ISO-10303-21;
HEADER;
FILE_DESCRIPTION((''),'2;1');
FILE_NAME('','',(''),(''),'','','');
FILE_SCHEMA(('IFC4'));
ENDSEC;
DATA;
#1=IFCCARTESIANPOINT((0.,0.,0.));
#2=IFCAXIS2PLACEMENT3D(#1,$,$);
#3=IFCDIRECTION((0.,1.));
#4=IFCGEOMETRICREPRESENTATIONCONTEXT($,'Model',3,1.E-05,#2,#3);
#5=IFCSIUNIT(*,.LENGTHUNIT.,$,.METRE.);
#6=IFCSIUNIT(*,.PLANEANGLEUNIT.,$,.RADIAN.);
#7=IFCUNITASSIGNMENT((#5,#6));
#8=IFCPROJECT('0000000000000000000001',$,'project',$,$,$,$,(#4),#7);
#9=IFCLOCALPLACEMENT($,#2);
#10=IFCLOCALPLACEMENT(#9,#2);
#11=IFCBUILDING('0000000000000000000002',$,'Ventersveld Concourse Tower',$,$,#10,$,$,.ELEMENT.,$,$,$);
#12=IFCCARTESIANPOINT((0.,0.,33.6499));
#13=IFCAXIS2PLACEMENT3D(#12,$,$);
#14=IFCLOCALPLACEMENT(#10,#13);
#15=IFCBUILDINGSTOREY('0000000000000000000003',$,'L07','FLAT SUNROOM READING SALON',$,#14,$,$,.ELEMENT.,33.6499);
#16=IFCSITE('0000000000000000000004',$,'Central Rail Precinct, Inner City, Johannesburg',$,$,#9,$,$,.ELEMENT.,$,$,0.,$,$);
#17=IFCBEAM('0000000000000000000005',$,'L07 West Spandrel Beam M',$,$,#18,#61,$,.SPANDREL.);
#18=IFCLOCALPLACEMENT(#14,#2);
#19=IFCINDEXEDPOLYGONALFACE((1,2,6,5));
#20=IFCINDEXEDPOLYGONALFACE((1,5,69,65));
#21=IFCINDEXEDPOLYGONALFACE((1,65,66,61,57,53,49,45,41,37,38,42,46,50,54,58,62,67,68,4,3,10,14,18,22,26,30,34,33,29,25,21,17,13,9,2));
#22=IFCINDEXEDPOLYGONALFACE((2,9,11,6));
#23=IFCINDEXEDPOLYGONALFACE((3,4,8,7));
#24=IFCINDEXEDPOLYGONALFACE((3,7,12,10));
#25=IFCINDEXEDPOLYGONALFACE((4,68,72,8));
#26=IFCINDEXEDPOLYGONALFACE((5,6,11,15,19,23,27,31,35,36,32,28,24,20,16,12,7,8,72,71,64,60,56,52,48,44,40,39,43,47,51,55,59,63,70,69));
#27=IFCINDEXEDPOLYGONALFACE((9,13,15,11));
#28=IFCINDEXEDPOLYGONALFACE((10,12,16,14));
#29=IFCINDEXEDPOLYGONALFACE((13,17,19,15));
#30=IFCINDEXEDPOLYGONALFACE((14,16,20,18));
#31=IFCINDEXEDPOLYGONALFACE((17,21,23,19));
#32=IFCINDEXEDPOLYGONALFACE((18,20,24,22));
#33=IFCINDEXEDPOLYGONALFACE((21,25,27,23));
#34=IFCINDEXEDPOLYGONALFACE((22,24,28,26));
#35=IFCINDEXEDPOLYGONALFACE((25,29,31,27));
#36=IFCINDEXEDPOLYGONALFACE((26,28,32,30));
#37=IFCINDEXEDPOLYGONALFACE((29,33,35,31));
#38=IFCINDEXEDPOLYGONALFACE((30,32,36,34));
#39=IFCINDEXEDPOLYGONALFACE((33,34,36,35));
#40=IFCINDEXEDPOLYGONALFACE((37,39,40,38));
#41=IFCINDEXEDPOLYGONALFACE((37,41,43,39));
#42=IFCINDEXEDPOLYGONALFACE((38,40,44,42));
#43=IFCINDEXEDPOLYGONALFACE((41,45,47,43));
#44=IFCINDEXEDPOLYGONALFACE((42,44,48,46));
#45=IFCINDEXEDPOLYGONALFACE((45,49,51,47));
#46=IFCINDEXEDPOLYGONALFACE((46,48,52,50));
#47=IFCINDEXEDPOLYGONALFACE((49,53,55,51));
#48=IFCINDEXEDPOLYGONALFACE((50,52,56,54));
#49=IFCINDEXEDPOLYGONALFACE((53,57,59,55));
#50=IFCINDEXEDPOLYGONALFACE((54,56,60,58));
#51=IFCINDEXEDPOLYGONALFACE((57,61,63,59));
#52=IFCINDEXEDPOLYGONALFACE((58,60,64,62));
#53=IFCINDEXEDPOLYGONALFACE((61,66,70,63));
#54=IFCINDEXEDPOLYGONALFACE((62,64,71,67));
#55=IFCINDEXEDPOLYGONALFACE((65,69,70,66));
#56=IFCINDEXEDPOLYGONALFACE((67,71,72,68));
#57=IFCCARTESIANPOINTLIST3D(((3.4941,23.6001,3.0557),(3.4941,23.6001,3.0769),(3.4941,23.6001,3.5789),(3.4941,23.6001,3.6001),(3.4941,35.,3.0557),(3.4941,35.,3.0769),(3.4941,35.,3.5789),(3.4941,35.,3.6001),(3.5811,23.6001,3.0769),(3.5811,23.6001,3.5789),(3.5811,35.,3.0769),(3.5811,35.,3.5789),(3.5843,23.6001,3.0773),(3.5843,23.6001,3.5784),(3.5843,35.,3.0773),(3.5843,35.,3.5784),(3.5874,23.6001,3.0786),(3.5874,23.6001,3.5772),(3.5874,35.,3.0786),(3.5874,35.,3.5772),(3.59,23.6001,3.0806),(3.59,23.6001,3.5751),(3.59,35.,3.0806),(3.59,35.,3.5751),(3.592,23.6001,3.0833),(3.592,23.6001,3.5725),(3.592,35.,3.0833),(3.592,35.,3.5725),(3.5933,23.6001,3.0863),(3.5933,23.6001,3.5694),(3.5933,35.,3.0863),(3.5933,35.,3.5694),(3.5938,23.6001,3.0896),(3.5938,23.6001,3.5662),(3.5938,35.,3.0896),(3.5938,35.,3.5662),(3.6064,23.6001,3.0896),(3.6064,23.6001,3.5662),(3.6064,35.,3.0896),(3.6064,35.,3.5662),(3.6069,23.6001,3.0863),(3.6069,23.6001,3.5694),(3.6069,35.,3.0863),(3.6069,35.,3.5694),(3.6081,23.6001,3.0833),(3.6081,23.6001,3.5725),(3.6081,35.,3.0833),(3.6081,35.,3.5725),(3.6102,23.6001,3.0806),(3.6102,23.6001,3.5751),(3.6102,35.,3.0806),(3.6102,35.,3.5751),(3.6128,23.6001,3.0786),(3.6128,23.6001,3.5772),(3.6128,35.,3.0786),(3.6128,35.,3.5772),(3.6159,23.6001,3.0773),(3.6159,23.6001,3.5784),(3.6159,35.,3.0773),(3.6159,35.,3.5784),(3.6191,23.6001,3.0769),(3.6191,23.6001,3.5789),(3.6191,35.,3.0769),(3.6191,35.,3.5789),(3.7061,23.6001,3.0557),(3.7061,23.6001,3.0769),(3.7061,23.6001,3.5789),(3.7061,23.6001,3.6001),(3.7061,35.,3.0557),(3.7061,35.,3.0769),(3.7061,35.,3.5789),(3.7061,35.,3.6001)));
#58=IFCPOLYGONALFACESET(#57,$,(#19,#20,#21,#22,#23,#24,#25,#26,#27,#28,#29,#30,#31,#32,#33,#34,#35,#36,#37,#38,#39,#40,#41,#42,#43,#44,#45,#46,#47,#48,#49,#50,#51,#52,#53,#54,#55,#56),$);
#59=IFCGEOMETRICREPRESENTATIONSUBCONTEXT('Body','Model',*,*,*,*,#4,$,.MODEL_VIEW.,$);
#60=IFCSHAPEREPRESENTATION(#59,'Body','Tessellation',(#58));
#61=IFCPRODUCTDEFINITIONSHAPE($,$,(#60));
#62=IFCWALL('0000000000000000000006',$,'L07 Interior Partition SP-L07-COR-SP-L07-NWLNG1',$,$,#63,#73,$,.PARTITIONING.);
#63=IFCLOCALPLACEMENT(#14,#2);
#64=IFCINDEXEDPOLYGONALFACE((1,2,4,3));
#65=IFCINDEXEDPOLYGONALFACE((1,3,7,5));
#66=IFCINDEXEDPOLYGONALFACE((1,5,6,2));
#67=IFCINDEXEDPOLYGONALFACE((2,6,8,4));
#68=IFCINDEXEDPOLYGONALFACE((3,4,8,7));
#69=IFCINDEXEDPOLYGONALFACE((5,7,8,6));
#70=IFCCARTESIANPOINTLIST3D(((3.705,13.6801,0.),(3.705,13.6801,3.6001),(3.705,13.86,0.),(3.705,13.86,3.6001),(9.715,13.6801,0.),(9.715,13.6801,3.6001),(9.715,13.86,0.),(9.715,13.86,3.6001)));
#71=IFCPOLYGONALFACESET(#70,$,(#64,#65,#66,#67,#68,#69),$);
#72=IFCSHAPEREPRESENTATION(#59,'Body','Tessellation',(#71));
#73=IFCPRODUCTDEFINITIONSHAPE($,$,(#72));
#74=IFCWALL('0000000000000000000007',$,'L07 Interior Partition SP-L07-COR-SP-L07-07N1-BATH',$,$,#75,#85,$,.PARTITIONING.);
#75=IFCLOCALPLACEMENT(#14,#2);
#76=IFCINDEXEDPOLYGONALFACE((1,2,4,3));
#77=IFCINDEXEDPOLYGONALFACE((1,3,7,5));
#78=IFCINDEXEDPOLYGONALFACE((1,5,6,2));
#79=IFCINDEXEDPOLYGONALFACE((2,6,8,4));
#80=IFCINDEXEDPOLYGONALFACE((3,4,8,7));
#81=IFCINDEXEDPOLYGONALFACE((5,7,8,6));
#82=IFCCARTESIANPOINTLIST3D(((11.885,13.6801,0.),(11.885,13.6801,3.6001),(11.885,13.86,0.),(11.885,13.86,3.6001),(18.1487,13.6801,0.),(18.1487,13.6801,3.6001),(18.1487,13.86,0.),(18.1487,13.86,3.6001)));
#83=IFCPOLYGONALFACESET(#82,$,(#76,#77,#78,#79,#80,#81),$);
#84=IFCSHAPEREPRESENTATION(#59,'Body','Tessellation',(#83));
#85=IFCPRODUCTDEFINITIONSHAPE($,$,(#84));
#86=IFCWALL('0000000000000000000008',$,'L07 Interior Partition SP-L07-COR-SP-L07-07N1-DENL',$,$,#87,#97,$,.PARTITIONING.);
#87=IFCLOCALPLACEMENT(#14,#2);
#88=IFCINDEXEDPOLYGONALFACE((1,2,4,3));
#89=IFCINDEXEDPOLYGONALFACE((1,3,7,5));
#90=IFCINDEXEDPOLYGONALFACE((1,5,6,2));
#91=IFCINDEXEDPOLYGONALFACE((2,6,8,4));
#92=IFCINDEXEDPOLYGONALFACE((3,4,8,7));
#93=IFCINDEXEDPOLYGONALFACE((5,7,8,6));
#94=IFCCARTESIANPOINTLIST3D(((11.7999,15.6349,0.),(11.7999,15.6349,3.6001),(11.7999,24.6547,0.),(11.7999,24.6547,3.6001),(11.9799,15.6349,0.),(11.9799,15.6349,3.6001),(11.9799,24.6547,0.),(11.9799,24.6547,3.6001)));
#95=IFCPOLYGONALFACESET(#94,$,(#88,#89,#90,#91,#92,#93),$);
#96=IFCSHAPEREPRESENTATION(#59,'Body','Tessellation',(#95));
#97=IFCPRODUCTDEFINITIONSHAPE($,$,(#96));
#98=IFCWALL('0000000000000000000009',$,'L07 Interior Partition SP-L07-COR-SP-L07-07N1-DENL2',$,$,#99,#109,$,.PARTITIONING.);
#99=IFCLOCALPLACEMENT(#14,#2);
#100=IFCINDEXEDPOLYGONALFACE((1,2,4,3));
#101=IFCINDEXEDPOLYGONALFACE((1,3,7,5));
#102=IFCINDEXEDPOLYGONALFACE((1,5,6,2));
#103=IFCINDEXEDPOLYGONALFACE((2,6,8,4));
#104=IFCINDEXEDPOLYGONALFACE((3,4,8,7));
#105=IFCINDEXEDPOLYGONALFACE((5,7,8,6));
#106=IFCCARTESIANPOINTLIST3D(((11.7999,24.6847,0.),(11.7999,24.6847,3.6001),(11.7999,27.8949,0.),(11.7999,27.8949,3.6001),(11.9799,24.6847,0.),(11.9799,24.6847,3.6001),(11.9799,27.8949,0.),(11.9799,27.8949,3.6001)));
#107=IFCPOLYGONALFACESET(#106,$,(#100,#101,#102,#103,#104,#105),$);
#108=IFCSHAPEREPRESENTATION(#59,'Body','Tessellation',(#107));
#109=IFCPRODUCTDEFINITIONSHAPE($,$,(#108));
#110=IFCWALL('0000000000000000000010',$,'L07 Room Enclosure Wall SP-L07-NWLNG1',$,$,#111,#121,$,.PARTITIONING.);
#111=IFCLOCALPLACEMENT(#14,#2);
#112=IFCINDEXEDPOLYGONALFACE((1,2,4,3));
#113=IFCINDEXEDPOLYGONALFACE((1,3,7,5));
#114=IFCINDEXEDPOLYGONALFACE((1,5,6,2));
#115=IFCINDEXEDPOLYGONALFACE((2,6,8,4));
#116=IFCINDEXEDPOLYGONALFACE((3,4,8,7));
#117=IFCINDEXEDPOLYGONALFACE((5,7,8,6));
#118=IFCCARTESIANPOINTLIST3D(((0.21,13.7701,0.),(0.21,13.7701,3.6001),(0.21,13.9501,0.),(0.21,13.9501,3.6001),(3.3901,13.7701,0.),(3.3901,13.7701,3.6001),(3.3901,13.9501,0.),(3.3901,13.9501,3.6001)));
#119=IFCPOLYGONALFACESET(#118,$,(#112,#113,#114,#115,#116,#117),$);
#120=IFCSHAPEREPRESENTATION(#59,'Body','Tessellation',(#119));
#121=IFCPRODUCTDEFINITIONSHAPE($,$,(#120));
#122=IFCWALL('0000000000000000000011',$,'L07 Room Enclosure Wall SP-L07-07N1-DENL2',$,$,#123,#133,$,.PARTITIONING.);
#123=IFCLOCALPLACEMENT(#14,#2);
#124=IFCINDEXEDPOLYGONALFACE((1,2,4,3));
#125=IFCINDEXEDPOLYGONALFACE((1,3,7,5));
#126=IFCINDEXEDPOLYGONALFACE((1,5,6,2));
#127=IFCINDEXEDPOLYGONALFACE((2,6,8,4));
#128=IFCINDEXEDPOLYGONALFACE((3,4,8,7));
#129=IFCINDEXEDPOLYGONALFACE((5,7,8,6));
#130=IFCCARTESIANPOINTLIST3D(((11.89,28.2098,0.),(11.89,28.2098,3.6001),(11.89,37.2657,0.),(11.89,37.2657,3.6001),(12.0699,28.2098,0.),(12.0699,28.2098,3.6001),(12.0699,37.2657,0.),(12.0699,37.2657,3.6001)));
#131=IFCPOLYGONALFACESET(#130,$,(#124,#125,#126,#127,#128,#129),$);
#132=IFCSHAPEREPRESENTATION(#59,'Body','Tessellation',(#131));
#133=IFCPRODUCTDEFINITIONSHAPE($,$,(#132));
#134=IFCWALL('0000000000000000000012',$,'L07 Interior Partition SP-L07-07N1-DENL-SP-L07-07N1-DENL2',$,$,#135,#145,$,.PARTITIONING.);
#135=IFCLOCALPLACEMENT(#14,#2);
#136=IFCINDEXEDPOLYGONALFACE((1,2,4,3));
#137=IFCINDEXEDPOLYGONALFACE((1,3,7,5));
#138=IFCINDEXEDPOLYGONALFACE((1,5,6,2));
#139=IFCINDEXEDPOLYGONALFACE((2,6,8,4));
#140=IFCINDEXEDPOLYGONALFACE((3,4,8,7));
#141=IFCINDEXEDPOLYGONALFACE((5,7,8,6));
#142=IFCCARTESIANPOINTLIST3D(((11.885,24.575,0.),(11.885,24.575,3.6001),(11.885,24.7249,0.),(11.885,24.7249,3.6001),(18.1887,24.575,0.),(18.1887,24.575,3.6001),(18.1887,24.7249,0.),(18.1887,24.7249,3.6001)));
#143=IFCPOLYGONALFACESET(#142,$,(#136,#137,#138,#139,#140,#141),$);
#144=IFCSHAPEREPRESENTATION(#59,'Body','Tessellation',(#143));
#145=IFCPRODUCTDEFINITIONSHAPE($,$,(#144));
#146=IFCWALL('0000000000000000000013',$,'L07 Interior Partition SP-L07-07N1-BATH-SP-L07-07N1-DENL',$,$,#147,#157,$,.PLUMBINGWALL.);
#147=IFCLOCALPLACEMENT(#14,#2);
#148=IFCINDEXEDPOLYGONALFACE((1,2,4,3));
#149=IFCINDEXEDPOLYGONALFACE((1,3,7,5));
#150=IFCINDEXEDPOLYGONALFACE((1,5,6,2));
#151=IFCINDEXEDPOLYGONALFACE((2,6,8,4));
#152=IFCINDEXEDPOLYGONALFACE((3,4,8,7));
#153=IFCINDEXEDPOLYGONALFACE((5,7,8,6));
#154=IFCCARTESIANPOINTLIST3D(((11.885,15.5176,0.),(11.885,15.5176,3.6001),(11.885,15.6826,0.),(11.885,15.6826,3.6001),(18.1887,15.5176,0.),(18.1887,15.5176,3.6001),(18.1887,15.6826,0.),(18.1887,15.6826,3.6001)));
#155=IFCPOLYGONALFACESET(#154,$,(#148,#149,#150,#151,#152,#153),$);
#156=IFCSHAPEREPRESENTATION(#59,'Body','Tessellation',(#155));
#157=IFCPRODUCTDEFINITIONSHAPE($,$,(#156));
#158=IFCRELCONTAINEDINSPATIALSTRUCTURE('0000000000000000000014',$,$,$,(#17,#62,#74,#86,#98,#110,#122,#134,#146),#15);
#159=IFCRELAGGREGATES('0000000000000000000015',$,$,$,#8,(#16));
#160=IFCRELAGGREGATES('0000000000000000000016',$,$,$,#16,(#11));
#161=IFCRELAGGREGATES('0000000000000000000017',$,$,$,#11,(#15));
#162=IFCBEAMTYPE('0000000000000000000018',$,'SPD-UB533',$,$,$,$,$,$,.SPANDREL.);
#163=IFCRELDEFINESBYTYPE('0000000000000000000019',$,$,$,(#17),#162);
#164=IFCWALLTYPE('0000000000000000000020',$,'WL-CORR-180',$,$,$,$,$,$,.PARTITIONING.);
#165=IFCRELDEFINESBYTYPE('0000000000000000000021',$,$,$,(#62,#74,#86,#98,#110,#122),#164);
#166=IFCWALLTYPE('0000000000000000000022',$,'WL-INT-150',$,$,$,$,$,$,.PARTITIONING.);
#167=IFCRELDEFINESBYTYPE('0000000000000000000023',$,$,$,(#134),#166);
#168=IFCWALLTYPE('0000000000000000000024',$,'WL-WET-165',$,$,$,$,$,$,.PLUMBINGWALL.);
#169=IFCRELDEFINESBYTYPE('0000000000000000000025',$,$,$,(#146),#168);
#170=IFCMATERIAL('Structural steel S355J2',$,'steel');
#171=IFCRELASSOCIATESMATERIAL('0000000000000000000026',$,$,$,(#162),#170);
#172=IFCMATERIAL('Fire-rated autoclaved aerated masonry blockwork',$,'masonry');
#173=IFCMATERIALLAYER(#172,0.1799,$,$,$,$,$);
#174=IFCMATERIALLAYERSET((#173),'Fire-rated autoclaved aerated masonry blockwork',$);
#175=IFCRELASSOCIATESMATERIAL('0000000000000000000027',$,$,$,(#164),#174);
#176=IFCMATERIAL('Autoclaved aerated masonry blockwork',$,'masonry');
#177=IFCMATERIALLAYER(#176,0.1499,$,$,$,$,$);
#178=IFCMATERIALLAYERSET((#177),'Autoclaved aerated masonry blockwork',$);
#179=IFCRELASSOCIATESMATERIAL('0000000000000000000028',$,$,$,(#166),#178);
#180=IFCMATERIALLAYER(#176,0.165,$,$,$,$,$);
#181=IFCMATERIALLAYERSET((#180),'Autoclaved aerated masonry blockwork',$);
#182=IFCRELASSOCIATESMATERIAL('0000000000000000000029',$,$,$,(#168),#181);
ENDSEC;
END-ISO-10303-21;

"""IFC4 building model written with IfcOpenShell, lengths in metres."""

from ifc_helpers import new_model, si_unit, direction, frame, frame_2d, origin, origin_2d, place, context, subcontext, project, spatial, rectangle, i_section, extrude, material, layer, layer_set, material_profile, profile_set, type_object, element, save


model = new_model("IFC4")

# Units and contexts
model_context = context("Model", 3, precision=1e-05, world=origin(), true_north=direction((0.0, 1.0)))
body_context = subcontext(model_context, "Body", "Model", "MODEL_VIEW")
ifc_project = project(units=[si_unit("LENGTHUNIT", "METRE"), si_unit("PLANEANGLEUNIT", "RADIAN")], contexts=[model_context])

# Site, building, storey
site_placement = place(None, origin())
site = spatial("IfcSite", under=ifc_project, at=site_placement, Name="Central Rail Precinct, Inner City, Johannesburg", CompositionType="ELEMENT", RefElevation=0.0)
building_placement = place(site_placement, origin())
building = spatial("IfcBuilding", under=site, at=building_placement, Name="Ventersveld Concourse Tower", CompositionType="ELEMENT")
storey_placement = place(building_placement, frame((0.0, 0.0, 33.6499)))
storey = spatial("IfcBuildingStorey", under=building, at=storey_placement, Name="L07", Description="FLAT SUNROOM READING SALON", CompositionType="ELEMENT", Elevation=33.6499)

# Beam
ifc_material_1 = material(Name="Structural steel S355J2", Category="steel")
ifc_material_profile_1 = material_profile(ifc_material_1, i_section(OverallWidth=0.2119, OverallDepth=0.5444, WebThickness=0.0127, FlangeThickness=0.0212, FilletRadius=0.0127, at=origin_2d()), Name="UB 533x210x122")
ifc_profile_set_1 = profile_set([ifc_material_profile_1], Name="Structural steel S355J2")
beam_type_1 = type_object("IfcBeamType", Name="SPD-UB533", PredefinedType="SPANDREL", material=ifc_profile_set_1)
beam_1_placement = place(storey_placement, frame((3.6001, 23.6001, 3.3279), z_axis=(0.0, 1.0, 0.0), x_axis=(-1.0, 0.0, 0.0)))
element("IfcBeam", 1, at=beam_1_placement, inside=storey, type_object=beam_type_1, Name="L07 West Spandrel Beam M", PredefinedType="SPANDREL", context=body_context, shape_type="SweptSolid", body=[
    extrude(i_section(OverallWidth=0.2119, OverallDepth=0.5444, WebThickness=0.0127, FlangeThickness=0.0212, FilletRadius=0.0127, at=origin_2d()), origin(), (0.0, 0.0, 1.0), 11.3999),
])

# Walls
ifc_material_2 = material(Name="Fire-rated autoclaved aerated masonry blockwork", Category="masonry")
ifc_layer_1 = layer(ifc_material_2, 0.1799)
ifc_layer_set_1 = layer_set([ifc_layer_1], Name="Fire-rated autoclaved aerated masonry blockwork")
wall_type_1 = type_object("IfcWallType", Name="WL-CORR-180", PredefinedType="PARTITIONING", material=ifc_layer_set_1)
wall_1_placement = place(storey_placement, frame((3.7051, 13.77, 0.0), z_axis=(0.0, 0.0, 1.0), x_axis=(1.0, 0.0, 0.0)))
element("IfcWall", 2, at=wall_1_placement, inside=storey, type_object=wall_type_1, Name="L07 Interior Partition SP-L07-COR-SP-L07-NWLNG1", PredefinedType="PARTITIONING", context=body_context, shape_type="SweptSolid", body=[
    extrude(rectangle(XDim=6.01, YDim=0.1799, at=frame_2d((3.0049, 0.0))), origin(), (0.0, 0.0, 1.0), 3.6001),
])
wall_2_placement = place(storey_placement, frame((11.885, 13.77, 0.0), z_axis=(0.0, 0.0, 1.0), x_axis=(1.0, 0.0, 0.0)))
element("IfcWall", 3, at=wall_2_placement, inside=storey, type_object=wall_type_1, Name="L07 Interior Partition SP-L07-COR-SP-L07-07N1-BATH", PredefinedType="PARTITIONING", context=body_context, shape_type="SweptSolid", body=[
    extrude(rectangle(XDim=6.2637, YDim=0.1799, at=frame_2d((3.1318, 0.0))), origin(), (0.0, 0.0, 1.0), 3.6001),
])
wall_3_placement = place(storey_placement, frame((11.8899, 15.635, 0.0), z_axis=(0.0, 0.0, 1.0), x_axis=(0.0, 1.0, 0.0)))
element("IfcWall", 4, at=wall_3_placement, inside=storey, type_object=wall_type_1, Name="L07 Interior Partition SP-L07-COR-SP-L07-07N1-DENL", PredefinedType="PARTITIONING", context=body_context, shape_type="SweptSolid", body=[
    extrude(rectangle(XDim=9.0198, YDim=0.1799, at=frame_2d((4.5098, 0.0))), origin(), (0.0, 0.0, 1.0), 3.6001),
])
wall_4_placement = place(storey_placement, frame((11.8899, 24.6848, 0.0), z_axis=(0.0, 0.0, 1.0), x_axis=(0.0, 1.0, 0.0)))
element("IfcWall", 5, at=wall_4_placement, inside=storey, type_object=wall_type_1, Name="L07 Interior Partition SP-L07-COR-SP-L07-07N1-DENL2", PredefinedType="PARTITIONING", context=body_context, shape_type="SweptSolid", body=[
    extrude(rectangle(XDim=3.2102, YDim=0.1799, at=frame_2d((1.605, 0.0))), origin(), (0.0, 0.0, 1.0), 3.6001),
])
wall_5_placement = place(storey_placement, frame((3.3901, 13.8601, 0.0), z_axis=(0.0, 0.0, 1.0), x_axis=(-1.0, 0.0, 0.0)))
element("IfcWall", 6, at=wall_5_placement, inside=storey, type_object=wall_type_1, Name="L07 Room Enclosure Wall SP-L07-NWLNG1", PredefinedType="PARTITIONING", context=body_context, shape_type="SweptSolid", body=[
    extrude(rectangle(XDim=3.1802, YDim=0.1799, at=frame_2d((1.5901, 0.0))), origin(), (0.0, 0.0, 1.0), 3.6001),
])
wall_6_placement = place(storey_placement, frame((11.98, 28.21, 0.0), z_axis=(0.0, 0.0, 1.0), x_axis=(0.0, 1.0, 0.0)))
element("IfcWall", 7, at=wall_6_placement, inside=storey, type_object=wall_type_1, Name="L07 Room Enclosure Wall SP-L07-07N1-DENL2", PredefinedType="PARTITIONING", context=body_context, shape_type="SweptSolid", body=[
    extrude(rectangle(XDim=9.0559, YDim=0.1799, at=frame_2d((4.5278, 0.0))), origin(), (0.0, 0.0, 1.0), 3.6001),
])
ifc_material_3 = material(Name="Autoclaved aerated masonry blockwork", Category="masonry")
ifc_layer_2 = layer(ifc_material_3, 0.1499)
ifc_layer_set_2 = layer_set([ifc_layer_2], Name="Autoclaved aerated masonry blockwork")
wall_type_2 = type_object("IfcWallType", Name="WL-INT-150", PredefinedType="PARTITIONING", material=ifc_layer_set_2)
wall_7_placement = place(storey_placement, frame((11.885, 24.6499, 0.0), z_axis=(0.0, 0.0, 1.0), x_axis=(1.0, 0.0, 0.0)))
element("IfcWall", 8, at=wall_7_placement, inside=storey, type_object=wall_type_2, Name="L07 Interior Partition SP-L07-07N1-DENL-SP-L07-07N1-DENL2", PredefinedType="PARTITIONING", context=body_context, shape_type="SweptSolid", body=[
    extrude(rectangle(XDim=6.3037, YDim=0.1499, at=frame_2d((3.1519, 0.0))), origin(), (0.0, 0.0, 1.0), 3.6001),
])
ifc_layer_3 = layer(ifc_material_3, 0.165)
ifc_layer_set_3 = layer_set([ifc_layer_3], Name="Autoclaved aerated masonry blockwork")
wall_type_3 = type_object("IfcWallType", Name="WL-WET-165", PredefinedType="PLUMBINGWALL", material=ifc_layer_set_3)
wall_8_placement = place(storey_placement, frame((11.885, 15.6001, 0.0), z_axis=(0.0, 0.0, 1.0), x_axis=(1.0, 0.0, 0.0)))
element("IfcWall", 9, at=wall_8_placement, inside=storey, type_object=wall_type_3, Name="L07 Interior Partition SP-L07-07N1-BATH-SP-L07-07N1-DENL", PredefinedType="PLUMBINGWALL", context=body_context, shape_type="SweptSolid", body=[
    extrude(rectangle(XDim=6.3037, YDim=0.165, at=frame_2d((3.1519, 0.0))), origin(), (0.0, 0.0, 1.0), 3.6001),
])

save(model, "model.ifc")
